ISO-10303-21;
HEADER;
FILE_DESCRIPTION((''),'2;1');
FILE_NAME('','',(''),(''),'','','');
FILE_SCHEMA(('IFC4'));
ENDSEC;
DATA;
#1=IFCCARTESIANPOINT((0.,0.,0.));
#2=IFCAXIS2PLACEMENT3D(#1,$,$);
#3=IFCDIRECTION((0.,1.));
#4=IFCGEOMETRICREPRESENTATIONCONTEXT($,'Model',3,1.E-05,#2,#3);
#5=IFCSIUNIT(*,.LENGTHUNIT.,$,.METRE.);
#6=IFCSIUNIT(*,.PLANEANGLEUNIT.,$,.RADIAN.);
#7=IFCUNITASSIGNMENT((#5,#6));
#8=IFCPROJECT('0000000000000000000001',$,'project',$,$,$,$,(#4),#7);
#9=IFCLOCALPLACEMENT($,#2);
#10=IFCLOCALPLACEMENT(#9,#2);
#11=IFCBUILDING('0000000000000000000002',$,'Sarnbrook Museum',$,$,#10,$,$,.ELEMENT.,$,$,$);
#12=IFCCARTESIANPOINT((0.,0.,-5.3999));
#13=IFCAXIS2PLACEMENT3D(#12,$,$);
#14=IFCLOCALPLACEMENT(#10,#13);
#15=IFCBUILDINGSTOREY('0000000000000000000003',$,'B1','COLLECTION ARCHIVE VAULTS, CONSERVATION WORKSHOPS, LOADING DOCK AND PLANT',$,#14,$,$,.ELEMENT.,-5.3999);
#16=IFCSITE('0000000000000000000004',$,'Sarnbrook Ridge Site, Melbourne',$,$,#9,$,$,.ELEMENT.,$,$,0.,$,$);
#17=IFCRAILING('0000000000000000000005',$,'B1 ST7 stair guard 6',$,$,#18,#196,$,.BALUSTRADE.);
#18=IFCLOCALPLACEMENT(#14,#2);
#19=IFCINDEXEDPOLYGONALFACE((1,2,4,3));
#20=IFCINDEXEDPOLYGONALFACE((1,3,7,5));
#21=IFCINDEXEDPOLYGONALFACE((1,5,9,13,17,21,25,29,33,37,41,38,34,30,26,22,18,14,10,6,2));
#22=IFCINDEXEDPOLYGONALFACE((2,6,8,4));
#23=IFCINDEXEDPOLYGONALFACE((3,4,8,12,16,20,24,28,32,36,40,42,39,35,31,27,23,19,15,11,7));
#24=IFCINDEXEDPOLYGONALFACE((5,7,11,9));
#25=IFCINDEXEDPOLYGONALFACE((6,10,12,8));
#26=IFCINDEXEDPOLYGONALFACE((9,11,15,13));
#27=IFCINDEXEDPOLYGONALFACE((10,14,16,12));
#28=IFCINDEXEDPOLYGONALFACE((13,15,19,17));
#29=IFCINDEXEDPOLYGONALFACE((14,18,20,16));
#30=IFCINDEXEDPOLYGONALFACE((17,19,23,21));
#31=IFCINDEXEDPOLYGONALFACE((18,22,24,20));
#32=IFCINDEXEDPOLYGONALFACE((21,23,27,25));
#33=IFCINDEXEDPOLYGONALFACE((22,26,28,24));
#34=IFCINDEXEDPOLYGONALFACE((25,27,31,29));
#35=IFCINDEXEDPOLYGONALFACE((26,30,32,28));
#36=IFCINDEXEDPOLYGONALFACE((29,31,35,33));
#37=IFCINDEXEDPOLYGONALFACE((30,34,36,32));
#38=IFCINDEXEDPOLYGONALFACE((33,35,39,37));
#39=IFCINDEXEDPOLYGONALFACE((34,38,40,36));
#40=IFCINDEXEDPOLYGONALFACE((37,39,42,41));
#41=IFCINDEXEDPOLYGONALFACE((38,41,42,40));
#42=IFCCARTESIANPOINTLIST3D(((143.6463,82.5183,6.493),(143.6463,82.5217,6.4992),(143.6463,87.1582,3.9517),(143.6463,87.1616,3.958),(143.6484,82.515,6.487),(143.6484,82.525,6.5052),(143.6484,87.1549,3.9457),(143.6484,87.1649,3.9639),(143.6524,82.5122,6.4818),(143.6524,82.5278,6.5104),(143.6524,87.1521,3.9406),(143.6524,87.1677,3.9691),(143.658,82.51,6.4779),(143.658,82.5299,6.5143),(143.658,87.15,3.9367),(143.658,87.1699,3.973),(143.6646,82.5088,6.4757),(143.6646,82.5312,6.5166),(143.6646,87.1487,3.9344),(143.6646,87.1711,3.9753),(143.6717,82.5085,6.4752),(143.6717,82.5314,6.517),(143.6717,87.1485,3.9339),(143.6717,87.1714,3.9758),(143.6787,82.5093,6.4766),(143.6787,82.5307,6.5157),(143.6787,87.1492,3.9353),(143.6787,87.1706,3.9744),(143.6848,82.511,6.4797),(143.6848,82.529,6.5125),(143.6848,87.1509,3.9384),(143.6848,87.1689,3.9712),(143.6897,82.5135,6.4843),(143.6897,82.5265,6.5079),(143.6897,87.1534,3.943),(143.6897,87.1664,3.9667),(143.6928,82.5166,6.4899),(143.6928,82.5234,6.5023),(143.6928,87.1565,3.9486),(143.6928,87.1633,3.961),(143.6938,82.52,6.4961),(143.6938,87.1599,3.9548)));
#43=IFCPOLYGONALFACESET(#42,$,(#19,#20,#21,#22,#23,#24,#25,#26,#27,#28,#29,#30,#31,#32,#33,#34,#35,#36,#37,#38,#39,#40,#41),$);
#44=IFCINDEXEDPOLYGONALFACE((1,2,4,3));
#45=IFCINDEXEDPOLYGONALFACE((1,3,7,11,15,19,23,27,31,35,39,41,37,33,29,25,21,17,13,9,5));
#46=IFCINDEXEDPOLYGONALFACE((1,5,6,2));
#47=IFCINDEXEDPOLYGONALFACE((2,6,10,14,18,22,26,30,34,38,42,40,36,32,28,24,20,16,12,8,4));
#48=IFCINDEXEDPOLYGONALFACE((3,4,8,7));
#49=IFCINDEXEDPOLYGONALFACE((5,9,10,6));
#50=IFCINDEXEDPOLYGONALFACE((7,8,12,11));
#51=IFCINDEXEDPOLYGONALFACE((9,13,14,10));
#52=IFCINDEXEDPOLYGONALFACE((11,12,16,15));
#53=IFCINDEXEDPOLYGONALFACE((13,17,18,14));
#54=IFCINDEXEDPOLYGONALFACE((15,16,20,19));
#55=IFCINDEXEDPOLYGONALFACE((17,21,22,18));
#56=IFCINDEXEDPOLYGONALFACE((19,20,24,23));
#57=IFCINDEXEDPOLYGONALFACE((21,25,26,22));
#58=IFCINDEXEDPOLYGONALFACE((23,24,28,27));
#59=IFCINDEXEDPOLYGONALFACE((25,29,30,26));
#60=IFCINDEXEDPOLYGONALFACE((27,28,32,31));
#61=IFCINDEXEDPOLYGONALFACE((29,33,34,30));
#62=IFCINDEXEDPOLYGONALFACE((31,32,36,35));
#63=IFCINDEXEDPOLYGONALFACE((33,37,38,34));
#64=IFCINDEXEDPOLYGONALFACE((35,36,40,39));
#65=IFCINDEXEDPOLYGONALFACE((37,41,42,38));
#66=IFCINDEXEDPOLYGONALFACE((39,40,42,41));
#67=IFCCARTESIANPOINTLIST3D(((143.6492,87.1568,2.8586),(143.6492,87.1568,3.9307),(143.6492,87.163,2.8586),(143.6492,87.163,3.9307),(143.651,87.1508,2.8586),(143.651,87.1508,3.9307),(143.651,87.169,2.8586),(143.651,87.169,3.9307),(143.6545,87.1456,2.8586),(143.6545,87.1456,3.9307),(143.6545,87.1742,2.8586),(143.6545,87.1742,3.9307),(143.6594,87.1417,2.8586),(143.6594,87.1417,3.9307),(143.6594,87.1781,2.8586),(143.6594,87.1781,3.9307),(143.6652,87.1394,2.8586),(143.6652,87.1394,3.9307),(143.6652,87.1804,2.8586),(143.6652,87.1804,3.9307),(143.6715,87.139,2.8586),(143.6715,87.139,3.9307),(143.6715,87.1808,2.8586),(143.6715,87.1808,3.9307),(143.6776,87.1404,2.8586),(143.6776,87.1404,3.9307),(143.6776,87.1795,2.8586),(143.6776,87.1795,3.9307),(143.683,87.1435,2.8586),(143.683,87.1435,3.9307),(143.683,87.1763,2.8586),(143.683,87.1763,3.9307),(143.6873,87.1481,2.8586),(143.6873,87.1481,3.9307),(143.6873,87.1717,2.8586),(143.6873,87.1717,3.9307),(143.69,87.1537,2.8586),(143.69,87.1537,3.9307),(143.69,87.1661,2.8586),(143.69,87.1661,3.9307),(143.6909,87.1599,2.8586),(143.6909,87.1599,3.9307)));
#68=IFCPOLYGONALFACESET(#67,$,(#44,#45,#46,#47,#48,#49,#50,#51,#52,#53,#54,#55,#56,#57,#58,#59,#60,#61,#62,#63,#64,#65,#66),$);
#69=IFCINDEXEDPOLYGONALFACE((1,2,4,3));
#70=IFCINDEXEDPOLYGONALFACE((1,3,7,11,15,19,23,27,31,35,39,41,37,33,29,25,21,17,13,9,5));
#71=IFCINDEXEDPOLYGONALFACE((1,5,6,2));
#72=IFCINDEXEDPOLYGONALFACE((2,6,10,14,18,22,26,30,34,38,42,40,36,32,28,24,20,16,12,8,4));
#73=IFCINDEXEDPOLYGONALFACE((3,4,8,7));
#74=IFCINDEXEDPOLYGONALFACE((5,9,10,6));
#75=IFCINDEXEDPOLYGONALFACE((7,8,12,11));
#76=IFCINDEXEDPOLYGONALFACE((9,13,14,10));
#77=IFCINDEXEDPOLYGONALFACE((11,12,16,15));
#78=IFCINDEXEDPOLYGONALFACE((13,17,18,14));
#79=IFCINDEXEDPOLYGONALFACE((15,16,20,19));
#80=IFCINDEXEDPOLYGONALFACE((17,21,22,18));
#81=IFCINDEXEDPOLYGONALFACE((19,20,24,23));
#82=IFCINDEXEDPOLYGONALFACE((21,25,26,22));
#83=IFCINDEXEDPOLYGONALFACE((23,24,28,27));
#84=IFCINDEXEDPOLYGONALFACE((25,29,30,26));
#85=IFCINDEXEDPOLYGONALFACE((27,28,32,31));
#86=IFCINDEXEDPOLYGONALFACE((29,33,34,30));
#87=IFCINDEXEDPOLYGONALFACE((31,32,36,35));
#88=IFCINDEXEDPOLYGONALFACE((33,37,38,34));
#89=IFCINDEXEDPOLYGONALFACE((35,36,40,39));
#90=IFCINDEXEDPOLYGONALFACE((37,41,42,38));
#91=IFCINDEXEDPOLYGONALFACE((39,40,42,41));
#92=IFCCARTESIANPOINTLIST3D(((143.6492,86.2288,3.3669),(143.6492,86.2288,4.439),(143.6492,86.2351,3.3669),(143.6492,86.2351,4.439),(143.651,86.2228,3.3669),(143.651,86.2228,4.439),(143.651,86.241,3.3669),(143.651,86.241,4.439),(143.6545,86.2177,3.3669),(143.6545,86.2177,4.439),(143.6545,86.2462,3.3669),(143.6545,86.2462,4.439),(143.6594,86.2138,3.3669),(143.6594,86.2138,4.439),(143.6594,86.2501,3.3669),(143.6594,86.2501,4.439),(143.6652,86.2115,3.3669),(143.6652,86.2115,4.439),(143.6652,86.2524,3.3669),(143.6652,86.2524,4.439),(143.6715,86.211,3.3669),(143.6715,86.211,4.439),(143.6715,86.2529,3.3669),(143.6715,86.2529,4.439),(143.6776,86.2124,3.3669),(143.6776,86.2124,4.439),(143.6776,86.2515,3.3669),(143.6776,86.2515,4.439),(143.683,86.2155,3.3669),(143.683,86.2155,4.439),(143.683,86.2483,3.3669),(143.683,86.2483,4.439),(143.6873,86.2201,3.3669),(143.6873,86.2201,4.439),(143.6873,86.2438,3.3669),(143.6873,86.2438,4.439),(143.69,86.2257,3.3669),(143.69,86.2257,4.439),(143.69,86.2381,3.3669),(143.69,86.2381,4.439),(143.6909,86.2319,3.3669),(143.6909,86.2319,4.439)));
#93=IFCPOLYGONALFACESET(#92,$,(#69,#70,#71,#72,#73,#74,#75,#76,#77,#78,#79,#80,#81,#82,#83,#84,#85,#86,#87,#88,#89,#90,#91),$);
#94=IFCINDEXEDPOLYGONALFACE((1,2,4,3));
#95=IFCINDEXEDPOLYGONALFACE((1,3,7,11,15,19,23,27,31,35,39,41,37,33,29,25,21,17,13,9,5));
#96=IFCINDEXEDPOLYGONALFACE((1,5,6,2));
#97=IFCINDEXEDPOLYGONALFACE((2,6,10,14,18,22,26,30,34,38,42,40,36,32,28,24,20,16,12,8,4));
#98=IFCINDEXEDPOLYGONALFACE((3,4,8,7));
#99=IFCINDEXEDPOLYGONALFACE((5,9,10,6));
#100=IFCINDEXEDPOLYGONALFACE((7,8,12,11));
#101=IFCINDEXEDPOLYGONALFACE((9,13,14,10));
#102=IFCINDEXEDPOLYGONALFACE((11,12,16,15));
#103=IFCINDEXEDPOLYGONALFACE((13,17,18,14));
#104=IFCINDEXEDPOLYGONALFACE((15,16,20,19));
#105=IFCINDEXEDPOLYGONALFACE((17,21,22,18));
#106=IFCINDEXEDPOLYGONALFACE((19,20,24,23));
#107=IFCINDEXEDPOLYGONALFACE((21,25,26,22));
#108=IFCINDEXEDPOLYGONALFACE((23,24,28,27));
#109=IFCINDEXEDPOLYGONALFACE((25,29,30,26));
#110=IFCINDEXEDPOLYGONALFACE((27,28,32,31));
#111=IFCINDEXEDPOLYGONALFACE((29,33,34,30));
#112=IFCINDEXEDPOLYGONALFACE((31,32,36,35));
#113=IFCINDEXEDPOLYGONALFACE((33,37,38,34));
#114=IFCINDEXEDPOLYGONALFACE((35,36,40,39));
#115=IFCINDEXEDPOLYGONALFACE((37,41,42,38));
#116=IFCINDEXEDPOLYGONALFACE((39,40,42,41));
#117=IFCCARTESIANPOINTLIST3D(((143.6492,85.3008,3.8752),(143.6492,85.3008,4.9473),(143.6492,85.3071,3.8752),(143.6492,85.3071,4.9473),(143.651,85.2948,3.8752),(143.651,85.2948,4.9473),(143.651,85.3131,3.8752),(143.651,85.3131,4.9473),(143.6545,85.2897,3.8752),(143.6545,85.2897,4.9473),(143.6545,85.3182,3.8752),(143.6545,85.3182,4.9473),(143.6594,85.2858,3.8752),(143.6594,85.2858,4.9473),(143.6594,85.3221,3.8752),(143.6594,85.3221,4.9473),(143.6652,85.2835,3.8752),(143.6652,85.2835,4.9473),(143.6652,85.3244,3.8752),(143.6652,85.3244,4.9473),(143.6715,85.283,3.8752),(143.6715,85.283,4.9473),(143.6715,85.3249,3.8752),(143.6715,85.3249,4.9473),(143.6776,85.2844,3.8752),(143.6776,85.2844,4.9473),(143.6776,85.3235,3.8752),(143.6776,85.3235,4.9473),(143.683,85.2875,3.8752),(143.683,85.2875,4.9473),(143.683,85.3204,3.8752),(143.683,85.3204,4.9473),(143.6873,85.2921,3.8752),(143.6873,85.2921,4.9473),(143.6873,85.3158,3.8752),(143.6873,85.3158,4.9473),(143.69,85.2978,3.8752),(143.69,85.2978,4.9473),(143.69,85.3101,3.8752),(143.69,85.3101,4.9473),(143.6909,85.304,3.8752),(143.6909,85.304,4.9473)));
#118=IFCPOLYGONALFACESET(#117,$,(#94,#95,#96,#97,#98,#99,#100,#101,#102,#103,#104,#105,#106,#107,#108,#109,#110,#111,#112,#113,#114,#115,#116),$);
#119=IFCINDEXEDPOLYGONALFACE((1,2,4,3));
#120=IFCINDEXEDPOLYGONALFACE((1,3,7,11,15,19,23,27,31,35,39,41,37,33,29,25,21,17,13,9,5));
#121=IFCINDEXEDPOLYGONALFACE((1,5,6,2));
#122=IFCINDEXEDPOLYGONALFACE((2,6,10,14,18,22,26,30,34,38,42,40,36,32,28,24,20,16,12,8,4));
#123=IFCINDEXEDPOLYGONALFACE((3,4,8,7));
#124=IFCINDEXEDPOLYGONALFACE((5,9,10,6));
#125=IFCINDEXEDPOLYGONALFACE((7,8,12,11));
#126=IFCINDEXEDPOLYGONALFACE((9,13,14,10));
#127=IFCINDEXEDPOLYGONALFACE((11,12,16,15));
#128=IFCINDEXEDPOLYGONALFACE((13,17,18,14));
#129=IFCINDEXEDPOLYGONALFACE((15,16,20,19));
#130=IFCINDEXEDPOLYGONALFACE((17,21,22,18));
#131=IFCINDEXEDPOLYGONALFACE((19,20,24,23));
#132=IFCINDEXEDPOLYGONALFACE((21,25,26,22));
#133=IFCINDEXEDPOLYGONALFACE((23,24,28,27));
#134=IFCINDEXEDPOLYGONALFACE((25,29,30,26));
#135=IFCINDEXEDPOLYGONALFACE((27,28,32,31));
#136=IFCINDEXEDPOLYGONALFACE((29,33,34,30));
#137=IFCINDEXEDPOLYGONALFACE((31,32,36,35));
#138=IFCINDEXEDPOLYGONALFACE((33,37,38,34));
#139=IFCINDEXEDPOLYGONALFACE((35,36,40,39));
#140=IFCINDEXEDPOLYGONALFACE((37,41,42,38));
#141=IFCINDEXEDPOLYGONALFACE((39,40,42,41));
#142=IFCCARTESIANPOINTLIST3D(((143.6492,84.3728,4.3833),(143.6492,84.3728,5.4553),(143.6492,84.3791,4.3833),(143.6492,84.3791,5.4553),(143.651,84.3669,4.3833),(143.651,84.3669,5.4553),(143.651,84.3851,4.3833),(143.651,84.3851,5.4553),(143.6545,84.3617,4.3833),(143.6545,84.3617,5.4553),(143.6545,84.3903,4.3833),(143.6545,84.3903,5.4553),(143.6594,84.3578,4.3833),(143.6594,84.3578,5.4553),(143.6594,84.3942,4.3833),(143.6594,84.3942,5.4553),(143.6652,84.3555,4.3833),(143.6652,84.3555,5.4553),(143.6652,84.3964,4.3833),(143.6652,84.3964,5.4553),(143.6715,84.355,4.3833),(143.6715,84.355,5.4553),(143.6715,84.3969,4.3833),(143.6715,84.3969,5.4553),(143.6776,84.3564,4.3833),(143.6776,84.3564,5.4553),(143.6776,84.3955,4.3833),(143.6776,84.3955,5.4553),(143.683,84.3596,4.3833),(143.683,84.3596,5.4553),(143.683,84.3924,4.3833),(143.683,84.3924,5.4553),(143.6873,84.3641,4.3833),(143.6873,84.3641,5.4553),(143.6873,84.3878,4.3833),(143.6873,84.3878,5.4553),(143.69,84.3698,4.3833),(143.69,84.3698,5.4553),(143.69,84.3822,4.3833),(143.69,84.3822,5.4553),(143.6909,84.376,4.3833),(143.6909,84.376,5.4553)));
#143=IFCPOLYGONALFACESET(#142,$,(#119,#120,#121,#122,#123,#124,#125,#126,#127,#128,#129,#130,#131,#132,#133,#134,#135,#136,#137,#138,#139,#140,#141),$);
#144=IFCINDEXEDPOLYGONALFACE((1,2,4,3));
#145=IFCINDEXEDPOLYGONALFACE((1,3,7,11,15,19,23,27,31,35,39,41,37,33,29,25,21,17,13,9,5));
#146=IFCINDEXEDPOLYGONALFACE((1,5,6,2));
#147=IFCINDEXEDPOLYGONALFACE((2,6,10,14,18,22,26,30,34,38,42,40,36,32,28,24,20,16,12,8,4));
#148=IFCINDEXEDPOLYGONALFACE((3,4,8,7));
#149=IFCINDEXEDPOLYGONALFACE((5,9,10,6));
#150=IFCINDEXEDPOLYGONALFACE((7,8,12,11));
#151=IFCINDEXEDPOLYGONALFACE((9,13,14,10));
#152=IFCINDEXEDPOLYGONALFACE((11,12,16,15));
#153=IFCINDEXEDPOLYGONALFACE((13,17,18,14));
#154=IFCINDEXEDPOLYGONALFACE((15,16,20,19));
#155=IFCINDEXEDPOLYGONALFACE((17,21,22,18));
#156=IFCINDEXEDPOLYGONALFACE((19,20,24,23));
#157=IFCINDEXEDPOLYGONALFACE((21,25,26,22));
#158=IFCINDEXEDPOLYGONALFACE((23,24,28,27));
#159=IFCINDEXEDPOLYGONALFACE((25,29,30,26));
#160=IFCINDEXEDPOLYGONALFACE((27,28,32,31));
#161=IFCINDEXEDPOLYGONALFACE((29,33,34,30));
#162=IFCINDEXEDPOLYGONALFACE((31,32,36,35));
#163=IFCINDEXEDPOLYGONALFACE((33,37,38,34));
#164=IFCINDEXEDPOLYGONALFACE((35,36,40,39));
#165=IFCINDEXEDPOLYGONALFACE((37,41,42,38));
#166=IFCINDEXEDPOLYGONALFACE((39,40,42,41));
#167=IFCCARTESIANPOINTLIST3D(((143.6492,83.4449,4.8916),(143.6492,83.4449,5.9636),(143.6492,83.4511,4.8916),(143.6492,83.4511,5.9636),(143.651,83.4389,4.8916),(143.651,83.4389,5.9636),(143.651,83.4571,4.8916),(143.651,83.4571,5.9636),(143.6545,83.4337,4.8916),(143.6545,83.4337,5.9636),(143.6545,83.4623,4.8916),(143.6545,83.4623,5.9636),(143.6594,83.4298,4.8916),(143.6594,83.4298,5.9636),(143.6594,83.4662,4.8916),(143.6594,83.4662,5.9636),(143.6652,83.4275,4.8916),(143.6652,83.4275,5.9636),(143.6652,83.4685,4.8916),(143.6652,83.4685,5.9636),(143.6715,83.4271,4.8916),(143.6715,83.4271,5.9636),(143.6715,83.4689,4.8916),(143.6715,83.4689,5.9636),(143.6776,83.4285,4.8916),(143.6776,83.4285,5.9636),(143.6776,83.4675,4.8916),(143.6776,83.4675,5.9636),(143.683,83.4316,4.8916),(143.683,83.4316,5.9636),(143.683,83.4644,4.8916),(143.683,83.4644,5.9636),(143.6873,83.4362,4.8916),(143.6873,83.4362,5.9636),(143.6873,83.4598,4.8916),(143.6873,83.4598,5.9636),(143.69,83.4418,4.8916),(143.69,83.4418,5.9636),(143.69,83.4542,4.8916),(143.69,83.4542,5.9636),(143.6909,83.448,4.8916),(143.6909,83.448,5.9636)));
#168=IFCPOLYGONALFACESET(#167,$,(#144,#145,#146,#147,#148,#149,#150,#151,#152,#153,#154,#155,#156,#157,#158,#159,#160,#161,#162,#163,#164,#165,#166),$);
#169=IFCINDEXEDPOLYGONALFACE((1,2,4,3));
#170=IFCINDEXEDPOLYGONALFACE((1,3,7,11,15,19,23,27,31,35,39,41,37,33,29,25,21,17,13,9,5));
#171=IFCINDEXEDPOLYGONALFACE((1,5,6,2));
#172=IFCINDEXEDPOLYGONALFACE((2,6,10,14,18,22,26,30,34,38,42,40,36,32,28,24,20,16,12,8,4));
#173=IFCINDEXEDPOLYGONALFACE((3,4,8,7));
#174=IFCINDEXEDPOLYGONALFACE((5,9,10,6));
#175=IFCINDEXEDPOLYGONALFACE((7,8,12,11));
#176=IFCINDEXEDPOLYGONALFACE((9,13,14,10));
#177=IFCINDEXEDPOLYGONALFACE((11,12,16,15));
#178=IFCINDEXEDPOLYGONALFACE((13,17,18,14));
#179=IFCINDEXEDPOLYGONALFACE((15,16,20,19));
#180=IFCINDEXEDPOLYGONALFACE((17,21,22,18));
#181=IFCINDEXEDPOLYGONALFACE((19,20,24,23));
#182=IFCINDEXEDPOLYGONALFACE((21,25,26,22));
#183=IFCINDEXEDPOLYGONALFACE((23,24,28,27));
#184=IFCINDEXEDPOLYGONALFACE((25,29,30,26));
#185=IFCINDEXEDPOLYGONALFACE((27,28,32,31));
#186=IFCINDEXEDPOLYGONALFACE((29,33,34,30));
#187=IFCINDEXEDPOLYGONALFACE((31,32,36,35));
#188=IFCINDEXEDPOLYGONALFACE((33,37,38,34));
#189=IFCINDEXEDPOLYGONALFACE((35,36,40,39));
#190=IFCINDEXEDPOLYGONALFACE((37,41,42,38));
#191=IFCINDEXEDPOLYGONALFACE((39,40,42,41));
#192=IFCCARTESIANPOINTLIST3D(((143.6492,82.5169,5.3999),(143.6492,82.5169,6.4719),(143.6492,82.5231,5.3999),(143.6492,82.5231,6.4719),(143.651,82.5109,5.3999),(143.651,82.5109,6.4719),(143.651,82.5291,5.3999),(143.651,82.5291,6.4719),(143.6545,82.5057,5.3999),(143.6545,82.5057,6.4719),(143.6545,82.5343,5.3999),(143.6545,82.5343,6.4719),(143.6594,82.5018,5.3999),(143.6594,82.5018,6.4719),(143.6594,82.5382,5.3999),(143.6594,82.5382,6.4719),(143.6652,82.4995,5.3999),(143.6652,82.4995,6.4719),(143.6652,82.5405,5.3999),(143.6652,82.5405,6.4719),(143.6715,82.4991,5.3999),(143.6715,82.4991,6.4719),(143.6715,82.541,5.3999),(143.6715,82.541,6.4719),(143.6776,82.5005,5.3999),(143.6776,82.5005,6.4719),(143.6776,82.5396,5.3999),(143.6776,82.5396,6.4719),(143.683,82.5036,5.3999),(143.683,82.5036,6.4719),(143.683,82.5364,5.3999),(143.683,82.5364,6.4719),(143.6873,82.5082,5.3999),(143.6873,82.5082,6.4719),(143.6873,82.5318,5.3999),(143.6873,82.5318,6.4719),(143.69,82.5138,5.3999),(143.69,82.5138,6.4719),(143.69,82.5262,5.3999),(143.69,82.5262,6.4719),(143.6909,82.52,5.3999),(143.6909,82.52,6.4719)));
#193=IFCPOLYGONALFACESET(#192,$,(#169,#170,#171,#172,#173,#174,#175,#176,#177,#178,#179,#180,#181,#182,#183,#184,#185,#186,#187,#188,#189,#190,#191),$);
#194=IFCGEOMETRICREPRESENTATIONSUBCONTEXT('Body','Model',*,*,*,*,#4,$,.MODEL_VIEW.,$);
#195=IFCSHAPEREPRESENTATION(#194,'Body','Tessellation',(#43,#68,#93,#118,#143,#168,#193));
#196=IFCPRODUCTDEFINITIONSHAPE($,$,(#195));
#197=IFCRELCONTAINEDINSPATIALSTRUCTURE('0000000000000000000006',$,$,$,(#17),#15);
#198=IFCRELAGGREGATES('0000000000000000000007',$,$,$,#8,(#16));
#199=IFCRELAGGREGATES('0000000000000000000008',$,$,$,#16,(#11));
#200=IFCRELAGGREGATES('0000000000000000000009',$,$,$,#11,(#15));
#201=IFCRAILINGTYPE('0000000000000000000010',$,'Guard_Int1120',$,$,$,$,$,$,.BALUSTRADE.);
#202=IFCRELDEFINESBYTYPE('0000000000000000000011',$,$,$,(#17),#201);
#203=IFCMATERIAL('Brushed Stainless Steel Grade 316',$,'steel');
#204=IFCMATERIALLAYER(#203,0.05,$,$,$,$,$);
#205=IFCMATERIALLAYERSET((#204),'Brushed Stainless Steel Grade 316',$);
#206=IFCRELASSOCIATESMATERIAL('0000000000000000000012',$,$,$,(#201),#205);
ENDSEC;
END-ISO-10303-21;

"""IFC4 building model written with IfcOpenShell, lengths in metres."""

from ifc_helpers import new_model, si_unit, direction, frame, origin, origin_2d, place, context, subcontext, project, spatial, circle, extrude, material, layer, layer_set, type_object, element, save


model = new_model("IFC4")

# Units and contexts
model_context = context("Model", 3, precision=1e-05, world=origin(), true_north=direction((0.0, 1.0)))
body_context = subcontext(model_context, "Body", "Model", "MODEL_VIEW")
ifc_project = project(units=[si_unit("LENGTHUNIT", "METRE"), si_unit("PLANEANGLEUNIT", "RADIAN")], contexts=[model_context])

# Site, building, storey
site_placement = place(None, origin())
site = spatial("IfcSite", under=ifc_project, at=site_placement, Name="Sarnbrook Ridge Site, Melbourne", CompositionType="ELEMENT", RefElevation=0.0)
building_placement = place(site_placement, origin())
building = spatial("IfcBuilding", under=site, at=building_placement, Name="Sarnbrook Museum", CompositionType="ELEMENT")
storey_placement = place(building_placement, frame((0.0, 0.0, -5.3999)))
storey = spatial("IfcBuildingStorey", under=building, at=storey_placement, Name="B1", Description="COLLECTION ARCHIVE VAULTS, CONSERVATION WORKSHOPS, LOADING DOCK AND PLANT", CompositionType="ELEMENT", Elevation=-5.3999)

# Railing
ifc_material_1 = material(Name="Brushed Stainless Steel Grade 316", Category="steel")
ifc_layer_1 = layer(ifc_material_1, 0.05)
ifc_layer_set_1 = layer_set([ifc_layer_1], Name="Brushed Stainless Steel Grade 316")
railing_type_1 = type_object("IfcRailingType", Name="Guard_Int1120", PredefinedType="BALUSTRADE", material=ifc_layer_set_1)
railing_1_placement = place(storey_placement, frame((143.6699, 87.1599, 2.8586)))
element("IfcRailing", 1, at=railing_1_placement, inside=storey, type_object=railing_type_1, Name="B1 ST7 stair guard 6", PredefinedType="BALUSTRADE", context=body_context, shape_type="SweptSolid", body=[
    extrude(circle(Radius=0.0239, at=origin_2d()), frame((0.0, 0.0, 1.0962), z_axis=(0.0, -0.877067, 0.480368), x_axis=(1.0, 0.0, 0.0)), (0.0, 0.0, 1.0), 5.2903),
    extrude(circle(Radius=0.021, at=origin_2d()), origin(), (0.0, 0.0, 1.0), 1.072),
    extrude(circle(Radius=0.021, at=origin_2d()), frame((0.0, -0.928, 0.5083)), (0.0, 0.0, 1.0), 1.072),
    extrude(circle(Radius=0.021, at=origin_2d()), frame((0.0, -1.856, 1.0166)), (0.0, 0.0, 1.0), 1.072),
    extrude(circle(Radius=0.021, at=origin_2d()), frame((0.0, -2.7839, 1.5247)), (0.0, 0.0, 1.0), 1.072),
    extrude(circle(Radius=0.021, at=origin_2d()), frame((0.0, -3.7119, 2.033)), (0.0, 0.0, 1.0), 1.072),
    extrude(circle(Radius=0.021, at=origin_2d()), frame((0.0, -4.6399, 2.5413)), (0.0, 0.0, 1.0), 1.072),
])

save(model, "model.ifc")
